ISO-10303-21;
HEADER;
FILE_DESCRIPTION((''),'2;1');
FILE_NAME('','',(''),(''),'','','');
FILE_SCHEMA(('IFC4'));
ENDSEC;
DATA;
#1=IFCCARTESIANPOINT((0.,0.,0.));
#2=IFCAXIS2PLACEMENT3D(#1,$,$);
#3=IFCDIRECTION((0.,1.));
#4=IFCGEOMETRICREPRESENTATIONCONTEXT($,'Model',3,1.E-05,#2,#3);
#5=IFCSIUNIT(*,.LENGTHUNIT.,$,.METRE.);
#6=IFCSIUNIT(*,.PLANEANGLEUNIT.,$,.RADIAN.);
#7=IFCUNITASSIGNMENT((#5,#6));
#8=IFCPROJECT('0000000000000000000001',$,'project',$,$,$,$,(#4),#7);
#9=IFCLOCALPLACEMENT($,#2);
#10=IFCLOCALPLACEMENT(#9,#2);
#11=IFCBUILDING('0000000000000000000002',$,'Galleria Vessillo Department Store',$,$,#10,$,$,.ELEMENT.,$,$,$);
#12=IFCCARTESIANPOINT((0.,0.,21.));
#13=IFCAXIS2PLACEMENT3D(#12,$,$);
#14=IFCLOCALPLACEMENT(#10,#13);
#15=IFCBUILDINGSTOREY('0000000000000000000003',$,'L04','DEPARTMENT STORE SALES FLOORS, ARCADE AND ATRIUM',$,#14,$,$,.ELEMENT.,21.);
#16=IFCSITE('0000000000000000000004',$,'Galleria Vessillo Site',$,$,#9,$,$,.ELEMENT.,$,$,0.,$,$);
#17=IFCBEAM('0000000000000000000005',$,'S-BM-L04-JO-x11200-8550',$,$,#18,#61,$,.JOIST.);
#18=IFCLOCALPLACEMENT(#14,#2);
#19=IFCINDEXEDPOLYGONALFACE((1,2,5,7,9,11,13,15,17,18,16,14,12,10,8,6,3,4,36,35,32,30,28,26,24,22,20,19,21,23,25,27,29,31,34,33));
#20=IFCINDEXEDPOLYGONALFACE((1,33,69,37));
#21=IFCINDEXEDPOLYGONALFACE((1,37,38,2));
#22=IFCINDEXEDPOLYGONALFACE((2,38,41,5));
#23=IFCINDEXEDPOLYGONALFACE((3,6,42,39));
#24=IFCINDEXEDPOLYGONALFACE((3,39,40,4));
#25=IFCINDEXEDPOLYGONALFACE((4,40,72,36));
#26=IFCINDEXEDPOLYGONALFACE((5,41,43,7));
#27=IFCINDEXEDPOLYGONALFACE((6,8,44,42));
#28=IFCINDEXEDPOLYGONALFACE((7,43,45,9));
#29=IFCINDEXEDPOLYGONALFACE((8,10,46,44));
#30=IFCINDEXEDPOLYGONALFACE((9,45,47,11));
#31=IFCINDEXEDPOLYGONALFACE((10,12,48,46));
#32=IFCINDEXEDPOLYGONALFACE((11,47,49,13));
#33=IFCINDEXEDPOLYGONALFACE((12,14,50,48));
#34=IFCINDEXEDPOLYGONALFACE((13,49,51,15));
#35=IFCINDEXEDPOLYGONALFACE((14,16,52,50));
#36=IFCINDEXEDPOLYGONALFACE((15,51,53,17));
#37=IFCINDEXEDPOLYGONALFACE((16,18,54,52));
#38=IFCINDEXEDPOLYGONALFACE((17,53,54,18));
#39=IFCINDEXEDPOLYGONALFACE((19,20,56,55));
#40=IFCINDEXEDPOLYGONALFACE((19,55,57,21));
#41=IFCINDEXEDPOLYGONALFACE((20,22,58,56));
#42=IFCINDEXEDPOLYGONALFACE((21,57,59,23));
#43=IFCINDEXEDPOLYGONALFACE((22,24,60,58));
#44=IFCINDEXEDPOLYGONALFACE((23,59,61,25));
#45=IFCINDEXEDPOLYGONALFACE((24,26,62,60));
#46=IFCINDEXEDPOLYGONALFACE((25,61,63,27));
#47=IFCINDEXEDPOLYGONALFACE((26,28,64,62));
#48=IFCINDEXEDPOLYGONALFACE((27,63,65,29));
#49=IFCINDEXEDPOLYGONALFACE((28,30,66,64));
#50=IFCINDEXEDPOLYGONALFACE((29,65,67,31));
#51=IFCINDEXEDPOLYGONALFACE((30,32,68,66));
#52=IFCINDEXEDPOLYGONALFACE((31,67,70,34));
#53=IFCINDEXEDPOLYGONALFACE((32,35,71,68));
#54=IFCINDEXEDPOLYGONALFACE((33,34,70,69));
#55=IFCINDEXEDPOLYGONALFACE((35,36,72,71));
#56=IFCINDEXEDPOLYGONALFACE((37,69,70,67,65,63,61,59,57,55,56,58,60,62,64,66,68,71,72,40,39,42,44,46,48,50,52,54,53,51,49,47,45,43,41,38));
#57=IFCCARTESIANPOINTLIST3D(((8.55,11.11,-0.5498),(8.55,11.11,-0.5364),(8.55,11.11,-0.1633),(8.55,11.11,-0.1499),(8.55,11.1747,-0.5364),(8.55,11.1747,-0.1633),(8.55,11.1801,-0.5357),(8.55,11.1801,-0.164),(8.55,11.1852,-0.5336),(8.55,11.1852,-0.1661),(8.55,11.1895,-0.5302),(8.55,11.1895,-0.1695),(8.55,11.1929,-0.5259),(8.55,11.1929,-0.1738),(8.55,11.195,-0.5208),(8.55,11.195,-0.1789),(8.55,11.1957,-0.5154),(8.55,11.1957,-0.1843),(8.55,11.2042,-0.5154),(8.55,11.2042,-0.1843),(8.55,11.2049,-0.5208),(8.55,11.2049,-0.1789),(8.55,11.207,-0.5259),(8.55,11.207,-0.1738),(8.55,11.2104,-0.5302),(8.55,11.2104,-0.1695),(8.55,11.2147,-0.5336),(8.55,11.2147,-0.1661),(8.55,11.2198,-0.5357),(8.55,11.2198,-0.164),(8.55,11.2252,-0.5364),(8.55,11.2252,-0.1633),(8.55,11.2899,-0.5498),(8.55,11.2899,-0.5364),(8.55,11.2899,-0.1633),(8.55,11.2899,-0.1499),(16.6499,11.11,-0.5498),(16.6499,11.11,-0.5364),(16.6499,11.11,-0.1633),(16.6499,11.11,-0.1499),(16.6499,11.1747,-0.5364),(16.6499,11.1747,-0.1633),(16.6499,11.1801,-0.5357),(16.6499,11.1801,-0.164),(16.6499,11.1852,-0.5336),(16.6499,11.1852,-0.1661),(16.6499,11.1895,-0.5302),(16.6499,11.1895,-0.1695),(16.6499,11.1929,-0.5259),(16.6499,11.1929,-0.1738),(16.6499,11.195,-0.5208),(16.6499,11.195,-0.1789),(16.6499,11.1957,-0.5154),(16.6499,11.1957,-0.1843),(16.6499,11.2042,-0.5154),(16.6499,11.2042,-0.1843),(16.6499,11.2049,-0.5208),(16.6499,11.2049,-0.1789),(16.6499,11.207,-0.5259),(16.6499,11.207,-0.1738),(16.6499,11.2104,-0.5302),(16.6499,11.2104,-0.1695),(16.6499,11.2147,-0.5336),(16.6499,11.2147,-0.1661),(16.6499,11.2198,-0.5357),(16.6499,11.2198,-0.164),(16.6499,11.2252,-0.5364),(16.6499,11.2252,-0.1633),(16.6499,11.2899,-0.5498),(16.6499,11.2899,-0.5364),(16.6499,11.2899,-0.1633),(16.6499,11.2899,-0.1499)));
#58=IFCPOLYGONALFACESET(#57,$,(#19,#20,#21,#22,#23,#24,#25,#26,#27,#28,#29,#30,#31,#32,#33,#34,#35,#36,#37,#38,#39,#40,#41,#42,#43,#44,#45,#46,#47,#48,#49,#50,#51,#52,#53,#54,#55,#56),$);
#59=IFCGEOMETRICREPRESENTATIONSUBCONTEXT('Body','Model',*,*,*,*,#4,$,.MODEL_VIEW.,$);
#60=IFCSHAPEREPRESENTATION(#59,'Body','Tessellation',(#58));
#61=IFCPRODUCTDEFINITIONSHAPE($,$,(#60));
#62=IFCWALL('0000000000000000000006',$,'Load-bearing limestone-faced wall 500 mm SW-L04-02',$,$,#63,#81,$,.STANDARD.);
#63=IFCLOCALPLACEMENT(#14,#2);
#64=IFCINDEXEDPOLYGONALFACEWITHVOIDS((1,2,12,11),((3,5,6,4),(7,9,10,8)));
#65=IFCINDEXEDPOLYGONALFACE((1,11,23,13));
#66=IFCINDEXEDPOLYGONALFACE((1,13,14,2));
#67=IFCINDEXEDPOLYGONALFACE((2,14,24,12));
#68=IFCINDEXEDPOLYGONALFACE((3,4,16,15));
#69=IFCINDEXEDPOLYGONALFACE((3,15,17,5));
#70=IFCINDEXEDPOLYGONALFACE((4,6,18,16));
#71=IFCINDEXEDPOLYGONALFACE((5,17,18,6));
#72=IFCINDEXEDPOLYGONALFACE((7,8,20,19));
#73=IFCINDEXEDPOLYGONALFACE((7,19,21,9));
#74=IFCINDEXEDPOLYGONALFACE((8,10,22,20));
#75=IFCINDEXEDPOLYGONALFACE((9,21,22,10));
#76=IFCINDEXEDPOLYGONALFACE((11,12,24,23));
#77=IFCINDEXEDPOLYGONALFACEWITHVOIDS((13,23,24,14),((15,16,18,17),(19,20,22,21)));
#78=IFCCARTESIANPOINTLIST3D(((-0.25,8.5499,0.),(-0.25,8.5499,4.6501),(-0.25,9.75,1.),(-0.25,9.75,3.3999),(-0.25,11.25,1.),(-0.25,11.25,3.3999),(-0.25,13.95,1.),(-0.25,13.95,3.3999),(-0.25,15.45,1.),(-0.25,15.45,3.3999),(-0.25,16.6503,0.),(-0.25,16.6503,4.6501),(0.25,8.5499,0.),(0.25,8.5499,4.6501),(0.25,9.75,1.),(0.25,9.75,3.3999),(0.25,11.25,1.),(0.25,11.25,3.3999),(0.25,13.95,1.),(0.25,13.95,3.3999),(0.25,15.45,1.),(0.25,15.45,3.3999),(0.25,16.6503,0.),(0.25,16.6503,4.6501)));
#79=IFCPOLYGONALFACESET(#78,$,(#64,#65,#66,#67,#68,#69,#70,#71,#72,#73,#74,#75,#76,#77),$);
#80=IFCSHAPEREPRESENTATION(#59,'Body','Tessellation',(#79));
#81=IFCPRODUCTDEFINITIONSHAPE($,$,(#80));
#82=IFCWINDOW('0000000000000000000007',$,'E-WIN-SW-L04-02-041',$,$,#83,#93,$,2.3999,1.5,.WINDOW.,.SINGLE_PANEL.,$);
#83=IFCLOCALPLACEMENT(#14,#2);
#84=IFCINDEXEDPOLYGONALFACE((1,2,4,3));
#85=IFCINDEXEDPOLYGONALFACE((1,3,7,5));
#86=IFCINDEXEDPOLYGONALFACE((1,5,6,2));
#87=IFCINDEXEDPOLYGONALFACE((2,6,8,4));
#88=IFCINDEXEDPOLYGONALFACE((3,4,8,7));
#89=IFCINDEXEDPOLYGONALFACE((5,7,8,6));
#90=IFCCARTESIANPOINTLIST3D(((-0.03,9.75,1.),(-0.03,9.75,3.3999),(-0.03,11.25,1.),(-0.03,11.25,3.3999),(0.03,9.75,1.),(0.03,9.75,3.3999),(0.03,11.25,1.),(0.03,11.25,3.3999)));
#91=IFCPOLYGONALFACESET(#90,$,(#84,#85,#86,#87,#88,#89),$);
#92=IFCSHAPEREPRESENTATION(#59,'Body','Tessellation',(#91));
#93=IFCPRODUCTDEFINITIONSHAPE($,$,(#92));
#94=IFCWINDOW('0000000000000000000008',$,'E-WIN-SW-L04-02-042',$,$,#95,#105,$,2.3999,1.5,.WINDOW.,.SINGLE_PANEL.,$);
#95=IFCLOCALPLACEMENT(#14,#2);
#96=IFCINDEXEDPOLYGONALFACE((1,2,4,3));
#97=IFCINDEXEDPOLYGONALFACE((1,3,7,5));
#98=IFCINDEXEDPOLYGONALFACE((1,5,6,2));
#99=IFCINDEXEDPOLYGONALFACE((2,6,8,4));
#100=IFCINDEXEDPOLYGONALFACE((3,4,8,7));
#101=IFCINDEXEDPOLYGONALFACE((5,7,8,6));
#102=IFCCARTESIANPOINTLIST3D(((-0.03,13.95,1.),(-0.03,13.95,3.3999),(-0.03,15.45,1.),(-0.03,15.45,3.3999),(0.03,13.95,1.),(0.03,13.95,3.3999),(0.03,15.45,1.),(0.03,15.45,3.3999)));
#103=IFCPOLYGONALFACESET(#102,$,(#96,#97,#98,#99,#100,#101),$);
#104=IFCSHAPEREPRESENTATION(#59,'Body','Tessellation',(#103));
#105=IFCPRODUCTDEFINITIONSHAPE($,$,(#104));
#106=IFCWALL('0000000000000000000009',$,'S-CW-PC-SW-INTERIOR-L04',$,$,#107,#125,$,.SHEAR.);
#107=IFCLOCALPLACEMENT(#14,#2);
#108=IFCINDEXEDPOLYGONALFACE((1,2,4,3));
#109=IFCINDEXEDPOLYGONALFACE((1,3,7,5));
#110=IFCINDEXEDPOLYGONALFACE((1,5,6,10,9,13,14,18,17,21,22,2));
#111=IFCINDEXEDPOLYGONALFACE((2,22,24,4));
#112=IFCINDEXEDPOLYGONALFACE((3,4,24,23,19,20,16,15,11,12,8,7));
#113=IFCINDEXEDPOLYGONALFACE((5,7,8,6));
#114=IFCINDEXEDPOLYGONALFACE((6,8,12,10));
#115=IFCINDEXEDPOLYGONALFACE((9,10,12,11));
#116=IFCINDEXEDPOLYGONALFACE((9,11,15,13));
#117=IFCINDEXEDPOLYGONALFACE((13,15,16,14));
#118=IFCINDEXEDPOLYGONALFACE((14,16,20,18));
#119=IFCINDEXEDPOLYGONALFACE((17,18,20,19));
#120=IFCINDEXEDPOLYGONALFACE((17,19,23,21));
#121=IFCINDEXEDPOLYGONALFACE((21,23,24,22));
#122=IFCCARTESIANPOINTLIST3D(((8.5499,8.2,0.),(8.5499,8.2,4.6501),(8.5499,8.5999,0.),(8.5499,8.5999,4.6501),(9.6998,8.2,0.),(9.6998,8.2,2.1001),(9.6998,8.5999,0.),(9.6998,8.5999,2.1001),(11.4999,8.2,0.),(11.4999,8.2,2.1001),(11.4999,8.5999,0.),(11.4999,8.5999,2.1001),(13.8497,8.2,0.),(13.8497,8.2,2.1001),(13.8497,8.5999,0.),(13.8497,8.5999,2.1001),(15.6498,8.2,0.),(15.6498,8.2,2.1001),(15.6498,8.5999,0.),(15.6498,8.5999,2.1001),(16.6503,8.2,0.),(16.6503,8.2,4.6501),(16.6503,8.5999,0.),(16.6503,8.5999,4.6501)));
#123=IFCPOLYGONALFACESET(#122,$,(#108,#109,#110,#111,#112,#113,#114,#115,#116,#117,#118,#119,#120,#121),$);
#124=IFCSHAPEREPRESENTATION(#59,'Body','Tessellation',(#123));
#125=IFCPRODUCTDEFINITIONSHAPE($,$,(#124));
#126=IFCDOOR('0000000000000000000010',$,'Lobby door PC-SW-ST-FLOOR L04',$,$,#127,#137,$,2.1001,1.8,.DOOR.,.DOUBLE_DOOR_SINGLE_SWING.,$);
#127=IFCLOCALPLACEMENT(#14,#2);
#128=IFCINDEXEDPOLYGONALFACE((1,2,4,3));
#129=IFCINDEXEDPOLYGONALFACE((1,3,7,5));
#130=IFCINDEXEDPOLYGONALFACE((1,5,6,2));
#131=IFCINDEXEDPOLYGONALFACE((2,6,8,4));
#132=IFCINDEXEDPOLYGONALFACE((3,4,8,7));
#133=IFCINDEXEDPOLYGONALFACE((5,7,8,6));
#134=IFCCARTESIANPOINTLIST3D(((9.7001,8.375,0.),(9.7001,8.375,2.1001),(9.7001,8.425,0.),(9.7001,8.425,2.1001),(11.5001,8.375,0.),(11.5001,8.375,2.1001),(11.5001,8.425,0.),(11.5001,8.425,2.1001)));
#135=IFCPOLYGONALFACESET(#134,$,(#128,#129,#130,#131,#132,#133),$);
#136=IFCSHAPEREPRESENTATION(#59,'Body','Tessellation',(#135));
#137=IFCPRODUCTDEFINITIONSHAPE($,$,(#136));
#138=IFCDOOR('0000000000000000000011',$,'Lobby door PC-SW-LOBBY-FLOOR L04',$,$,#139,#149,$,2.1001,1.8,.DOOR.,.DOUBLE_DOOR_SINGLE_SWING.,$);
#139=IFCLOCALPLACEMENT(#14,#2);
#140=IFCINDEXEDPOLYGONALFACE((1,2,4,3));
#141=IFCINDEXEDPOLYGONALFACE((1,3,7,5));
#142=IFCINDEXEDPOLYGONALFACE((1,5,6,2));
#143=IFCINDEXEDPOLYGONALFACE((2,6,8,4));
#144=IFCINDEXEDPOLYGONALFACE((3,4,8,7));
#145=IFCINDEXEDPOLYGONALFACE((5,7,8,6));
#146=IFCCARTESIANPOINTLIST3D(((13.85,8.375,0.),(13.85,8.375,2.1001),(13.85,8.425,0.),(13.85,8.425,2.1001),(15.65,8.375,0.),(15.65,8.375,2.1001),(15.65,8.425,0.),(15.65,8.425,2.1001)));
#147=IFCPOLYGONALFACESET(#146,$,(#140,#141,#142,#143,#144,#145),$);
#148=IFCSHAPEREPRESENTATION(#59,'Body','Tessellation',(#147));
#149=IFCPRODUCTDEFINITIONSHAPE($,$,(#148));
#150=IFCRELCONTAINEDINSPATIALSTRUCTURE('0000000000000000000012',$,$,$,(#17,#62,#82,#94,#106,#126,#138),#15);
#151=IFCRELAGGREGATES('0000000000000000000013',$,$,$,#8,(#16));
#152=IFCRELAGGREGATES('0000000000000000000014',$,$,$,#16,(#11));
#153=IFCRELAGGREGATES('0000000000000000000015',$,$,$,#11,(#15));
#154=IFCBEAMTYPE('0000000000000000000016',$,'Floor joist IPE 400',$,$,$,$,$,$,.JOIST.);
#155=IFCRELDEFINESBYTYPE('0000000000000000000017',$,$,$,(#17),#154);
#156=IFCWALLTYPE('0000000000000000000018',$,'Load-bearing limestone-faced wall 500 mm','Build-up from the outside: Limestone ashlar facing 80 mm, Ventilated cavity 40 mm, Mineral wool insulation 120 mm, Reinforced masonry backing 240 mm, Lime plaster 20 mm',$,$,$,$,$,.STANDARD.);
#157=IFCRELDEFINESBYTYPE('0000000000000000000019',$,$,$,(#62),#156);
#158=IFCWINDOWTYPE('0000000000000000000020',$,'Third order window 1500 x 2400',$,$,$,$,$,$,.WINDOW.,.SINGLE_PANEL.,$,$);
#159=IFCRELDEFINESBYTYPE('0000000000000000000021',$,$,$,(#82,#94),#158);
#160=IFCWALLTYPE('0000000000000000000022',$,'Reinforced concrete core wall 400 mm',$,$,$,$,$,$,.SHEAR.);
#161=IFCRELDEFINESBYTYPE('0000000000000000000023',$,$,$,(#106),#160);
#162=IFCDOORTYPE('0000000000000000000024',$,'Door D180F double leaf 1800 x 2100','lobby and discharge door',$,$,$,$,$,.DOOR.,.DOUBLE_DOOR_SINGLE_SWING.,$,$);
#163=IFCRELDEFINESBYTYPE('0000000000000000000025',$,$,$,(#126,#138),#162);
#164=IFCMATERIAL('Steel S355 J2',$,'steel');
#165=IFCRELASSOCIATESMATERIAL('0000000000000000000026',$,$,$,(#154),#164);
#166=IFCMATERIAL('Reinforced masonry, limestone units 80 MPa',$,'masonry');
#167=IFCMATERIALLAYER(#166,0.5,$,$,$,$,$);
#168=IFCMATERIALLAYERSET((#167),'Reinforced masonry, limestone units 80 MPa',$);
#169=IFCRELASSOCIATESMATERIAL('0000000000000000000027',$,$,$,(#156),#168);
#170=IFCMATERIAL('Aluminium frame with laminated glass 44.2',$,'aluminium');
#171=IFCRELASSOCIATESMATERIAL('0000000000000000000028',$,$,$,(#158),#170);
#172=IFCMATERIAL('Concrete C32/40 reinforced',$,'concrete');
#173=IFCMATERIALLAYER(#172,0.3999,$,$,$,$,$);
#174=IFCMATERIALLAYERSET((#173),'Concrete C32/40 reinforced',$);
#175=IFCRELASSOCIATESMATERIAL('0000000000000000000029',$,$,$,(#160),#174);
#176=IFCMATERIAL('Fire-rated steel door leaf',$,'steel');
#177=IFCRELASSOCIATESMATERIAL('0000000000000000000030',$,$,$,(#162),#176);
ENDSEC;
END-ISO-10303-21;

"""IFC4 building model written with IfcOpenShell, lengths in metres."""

from ifc_helpers import new_model, si_unit, direction, frame, frame_2d, origin, origin_2d, place, context, subcontext, project, spatial, rectangle, i_section, extrude, material, layer, layer_set, material_profile, profile_set, type_object, element, fill, save


model = new_model("IFC4")

# Units and contexts
model_context = context("Model", 3, precision=1e-05, world=origin(), true_north=direction((0.0, 1.0)))
body_context = subcontext(model_context, "Body", "Model", "MODEL_VIEW")
ifc_project = project(units=[si_unit("LENGTHUNIT", "METRE"), si_unit("PLANEANGLEUNIT", "RADIAN")], contexts=[model_context])

# Site, building, storey
site_placement = place(None, origin())
site = spatial("IfcSite", under=ifc_project, at=site_placement, Name="Galleria Vessillo Site", CompositionType="ELEMENT", RefElevation=0.0)
building_placement = place(site_placement, origin())
building = spatial("IfcBuilding", under=site, at=building_placement, Name="Galleria Vessillo Department Store", CompositionType="ELEMENT")
storey_placement = place(building_placement, frame((0.0, 0.0, 21.0)))
storey = spatial("IfcBuildingStorey", under=building, at=storey_placement, Name="L04", Description="DEPARTMENT STORE SALES FLOORS, ARCADE AND ATRIUM", CompositionType="ELEMENT", Elevation=21.0)

# Beam
ifc_material_1 = material(Name="Steel S355 J2", Category="steel")
ifc_material_profile_1 = material_profile(ifc_material_1, i_section(OverallWidth=0.1799, OverallDepth=0.3999, WebThickness=0.0085, FlangeThickness=0.0134, FilletRadius=0.021, at=origin_2d()), Name="IPE 400")
ifc_profile_set_1 = profile_set([ifc_material_profile_1], Name="Steel S355 J2")
beam_type_1 = type_object("IfcBeamType", Name="Floor joist IPE 400", PredefinedType="JOIST", material=ifc_profile_set_1)
for number, where, z_axis, x_axis, name in (
    (1, (8.55, 11.2, -0.3499), (1.0, 0.0, 0.0), (0.0, 1.0, 0.0), "S-BM-L04-JO-x11200-8550"),
):
    element("IfcBeam", number, at=place(storey_placement, frame(where, z_axis=z_axis, x_axis=x_axis)), inside=storey, type_object=beam_type_1, Name=name, PredefinedType="JOIST", context=body_context, shape_type="SweptSolid", body=[
        extrude(i_section(OverallWidth=0.1799, OverallDepth=0.3999, WebThickness=0.0085, FlangeThickness=0.0134, FilletRadius=0.021, at=origin_2d()), origin(), (0.0, 0.0, 1.0), 8.0999),
    ])

# Wall, openings, windows
ifc_material_2 = material(Name="Reinforced masonry, limestone units 80 MPa", Category="masonry")
ifc_layer_1 = layer(ifc_material_2, 0.5)
ifc_layer_set_1 = layer_set([ifc_layer_1], Name="Reinforced masonry, limestone units 80 MPa")
wall_type_1 = type_object("IfcWallType", Name="Load-bearing limestone-faced wall 500 mm", Description="Build-up from the outside: Limestone ashlar facing 80 mm, Ventilated cavity 40 mm, Mineral wool insulation 120 mm, Reinforced masonry backing 240 mm, Lime plaster 20 mm", PredefinedType="STANDARD", material=ifc_layer_set_1)
wall_1_placement = place(storey_placement, frame((0.0, 8.5498, 0.0), z_axis=(0.0, 0.0, 1.0), x_axis=(0.0, 1.0, 0.0)))
wall_1 = element("IfcWall", 2, at=wall_1_placement, inside=storey, type_object=wall_type_1, Name="Load-bearing limestone-faced wall 500 mm SW-L04-02", PredefinedType="STANDARD", context=body_context, shape_type="SweptSolid", body=[
    extrude(rectangle(XDim=8.1003, YDim=0.5, at=frame_2d((4.0503, 0.0))), origin(), (0.0, 0.0, 1.0), 4.6501),
])
opening_1_placement = place(wall_1_placement, frame((1.2002, 0.0, 1.0)))
opening_1 = element("IfcOpeningElement", 3, at=opening_1_placement, cuts=wall_1, PredefinedType="OPENING", context=body_context, shape_type="SweptSolid", body=[
    extrude(rectangle(XDim=1.5, YDim=2.3999, at=frame_2d((0.75, 1.2))), frame((0.0, 0.26, 0.0), z_axis=(0.0, -1.0, 0.0), x_axis=(1.0, 0.0, 0.0)), (0.0, 0.0, 1.0), 0.52),
])
opening_2_placement = place(wall_1_placement, frame((5.4001, 0.0, 1.0)))
opening_2 = element("IfcOpeningElement", 4, at=opening_2_placement, cuts=wall_1, PredefinedType="OPENING", context=body_context, shape_type="SweptSolid", body=[
    extrude(rectangle(XDim=1.5, YDim=2.3999, at=frame_2d((0.75, 1.2))), frame((0.0, 0.26, 0.0), z_axis=(0.0, -1.0, 0.0), x_axis=(1.0, 0.0, 0.0)), (0.0, 0.0, 1.0), 0.52),
])
ifc_material_3 = material(Name="Aluminium frame with laminated glass 44.2", Category="aluminium")
window_type = type_object("IfcWindowType", Name="Third order window 1500 x 2400", PartitioningType="SINGLE_PANEL", PredefinedType="WINDOW", material=ifc_material_3)
window_1_placement = place(opening_1_placement, origin())
window_1 = element("IfcWindow", 5, at=window_1_placement, inside=storey, type_object=window_type, Name="E-WIN-SW-L04-02-041", OverallHeight=2.3999, OverallWidth=1.5, PartitioningType="SINGLE_PANEL", PredefinedType="WINDOW", context=body_context, shape_type="SweptSolid", body=[
    extrude(rectangle(XDim=1.5, YDim=2.3999, at=frame_2d((0.75, 1.2))), frame((0.0, 0.03, 0.0), z_axis=(0.0, -1.0, 0.0), x_axis=(1.0, 0.0, 0.0)), (0.0, 0.0, 1.0), 0.0601),
])
fill(opening_1, window_1)
window_2_placement = place(opening_2_placement, origin())
window_2 = element("IfcWindow", 6, at=window_2_placement, inside=storey, type_object=window_type, Name="E-WIN-SW-L04-02-042", OverallHeight=2.3999, OverallWidth=1.5, PartitioningType="SINGLE_PANEL", PredefinedType="WINDOW", context=body_context, shape_type="SweptSolid", body=[
    extrude(rectangle(XDim=1.5, YDim=2.3999, at=frame_2d((0.75, 1.2))), frame((0.0, 0.03, 0.0), z_axis=(0.0, -1.0, 0.0), x_axis=(1.0, 0.0, 0.0)), (0.0, 0.0, 1.0), 0.0601),
])
fill(opening_2, window_2)

# Wall, openings, doors
ifc_material_4 = material(Name="Concrete C32/40 reinforced", Category="concrete")
ifc_layer_2 = layer(ifc_material_4, 0.3999)
ifc_layer_set_2 = layer_set([ifc_layer_2], Name="Concrete C32/40 reinforced")
wall_type_2 = type_object("IfcWallType", Name="Reinforced concrete core wall 400 mm", PredefinedType="SHEAR", material=ifc_layer_set_2)
wall_2_placement = place(storey_placement, frame((8.5498, 8.3999, 0.0), z_axis=(0.0, 0.0, 1.0), x_axis=(1.0, 0.0, 0.0)))
wall_2 = element("IfcWall", 7, at=wall_2_placement, inside=storey, type_object=wall_type_2, Name="S-CW-PC-SW-INTERIOR-L04", PredefinedType="SHEAR", context=body_context, shape_type="SweptSolid", body=[
    extrude(rectangle(XDim=8.1003, YDim=0.3999, at=frame_2d((4.0503, 0.0))), origin(), (0.0, 0.0, 1.0), 4.6501),
])
opening_3_placement = place(wall_2_placement, frame((1.1501, 0.0, 0.0)))
opening_3 = element("IfcOpeningElement", 8, at=opening_3_placement, cuts=wall_2, PredefinedType="OPENING", context=body_context, shape_type="SweptSolid", body=[
    extrude(rectangle(XDim=1.8, YDim=2.1001, at=frame_2d((0.8999, 1.05))), frame((0.0, 0.21, 0.0), z_axis=(0.0, -1.0, 0.0), x_axis=(1.0, 0.0, 0.0)), (0.0, 0.0, 1.0), 0.4199),
])
opening_4_placement = place(wall_2_placement, frame((5.3, 0.0, 0.0)))
opening_4 = element("IfcOpeningElement", 9, at=opening_4_placement, cuts=wall_2, PredefinedType="OPENING", context=body_context, shape_type="SweptSolid", body=[
    extrude(rectangle(XDim=1.8, YDim=2.1001, at=frame_2d((0.8999, 1.05))), frame((0.0, 0.21, 0.0), z_axis=(0.0, -1.0, 0.0), x_axis=(1.0, 0.0, 0.0)), (0.0, 0.0, 1.0), 0.4199),
])
ifc_material_5 = material(Name="Fire-rated steel door leaf", Category="steel")
door_type_1 = type_object("IfcDoorType", Name="Door D180F double leaf 1800 x 2100", Description="lobby and discharge door", OperationType="DOUBLE_DOOR_SINGLE_SWING", PredefinedType="DOOR", material=ifc_material_5)
door_1_placement = place(opening_3_placement, frame((1.8, 0.0, 0.0), z_axis=(0.0, 0.0, 1.0), x_axis=(-1.0, 0.0, 0.0)))
door_1 = element("IfcDoor", 10, at=door_1_placement, inside=storey, type_object=door_type_1, Name="Lobby door PC-SW-ST-FLOOR L04", OperationType="DOUBLE_DOOR_SINGLE_SWING", OverallHeight=2.1001, OverallWidth=1.8, PredefinedType="DOOR", context=body_context, shape_type="SweptSolid", body=[
    extrude(rectangle(XDim=1.8, YDim=2.1001, at=frame_2d((0.8999, 1.05))), frame((0.0, 0.0249, 0.0), z_axis=(0.0, -1.0, 0.0), x_axis=(1.0, 0.0, 0.0)), (0.0, 0.0, 1.0), 0.05),
])
fill(opening_3, door_1)
door_2_placement = place(opening_4_placement, frame((1.8, 0.0, 0.0), z_axis=(0.0, 0.0, 1.0), x_axis=(-1.0, 0.0, 0.0)))
door_2 = element("IfcDoor", 11, at=door_2_placement, inside=storey, type_object=door_type_1, Name="Lobby door PC-SW-LOBBY-FLOOR L04", OperationType="DOUBLE_DOOR_SINGLE_SWING", OverallHeight=2.1001, OverallWidth=1.8, PredefinedType="DOOR", context=body_context, shape_type="SweptSolid", body=[
    extrude(rectangle(XDim=1.8, YDim=2.1001, at=frame_2d((0.8999, 1.05))), frame((0.0, 0.0249, 0.0), z_axis=(0.0, -1.0, 0.0), x_axis=(1.0, 0.0, 0.0)), (0.0, 0.0, 1.0), 0.05),
])
fill(opening_4, door_2)

save(model, "model.ifc")
